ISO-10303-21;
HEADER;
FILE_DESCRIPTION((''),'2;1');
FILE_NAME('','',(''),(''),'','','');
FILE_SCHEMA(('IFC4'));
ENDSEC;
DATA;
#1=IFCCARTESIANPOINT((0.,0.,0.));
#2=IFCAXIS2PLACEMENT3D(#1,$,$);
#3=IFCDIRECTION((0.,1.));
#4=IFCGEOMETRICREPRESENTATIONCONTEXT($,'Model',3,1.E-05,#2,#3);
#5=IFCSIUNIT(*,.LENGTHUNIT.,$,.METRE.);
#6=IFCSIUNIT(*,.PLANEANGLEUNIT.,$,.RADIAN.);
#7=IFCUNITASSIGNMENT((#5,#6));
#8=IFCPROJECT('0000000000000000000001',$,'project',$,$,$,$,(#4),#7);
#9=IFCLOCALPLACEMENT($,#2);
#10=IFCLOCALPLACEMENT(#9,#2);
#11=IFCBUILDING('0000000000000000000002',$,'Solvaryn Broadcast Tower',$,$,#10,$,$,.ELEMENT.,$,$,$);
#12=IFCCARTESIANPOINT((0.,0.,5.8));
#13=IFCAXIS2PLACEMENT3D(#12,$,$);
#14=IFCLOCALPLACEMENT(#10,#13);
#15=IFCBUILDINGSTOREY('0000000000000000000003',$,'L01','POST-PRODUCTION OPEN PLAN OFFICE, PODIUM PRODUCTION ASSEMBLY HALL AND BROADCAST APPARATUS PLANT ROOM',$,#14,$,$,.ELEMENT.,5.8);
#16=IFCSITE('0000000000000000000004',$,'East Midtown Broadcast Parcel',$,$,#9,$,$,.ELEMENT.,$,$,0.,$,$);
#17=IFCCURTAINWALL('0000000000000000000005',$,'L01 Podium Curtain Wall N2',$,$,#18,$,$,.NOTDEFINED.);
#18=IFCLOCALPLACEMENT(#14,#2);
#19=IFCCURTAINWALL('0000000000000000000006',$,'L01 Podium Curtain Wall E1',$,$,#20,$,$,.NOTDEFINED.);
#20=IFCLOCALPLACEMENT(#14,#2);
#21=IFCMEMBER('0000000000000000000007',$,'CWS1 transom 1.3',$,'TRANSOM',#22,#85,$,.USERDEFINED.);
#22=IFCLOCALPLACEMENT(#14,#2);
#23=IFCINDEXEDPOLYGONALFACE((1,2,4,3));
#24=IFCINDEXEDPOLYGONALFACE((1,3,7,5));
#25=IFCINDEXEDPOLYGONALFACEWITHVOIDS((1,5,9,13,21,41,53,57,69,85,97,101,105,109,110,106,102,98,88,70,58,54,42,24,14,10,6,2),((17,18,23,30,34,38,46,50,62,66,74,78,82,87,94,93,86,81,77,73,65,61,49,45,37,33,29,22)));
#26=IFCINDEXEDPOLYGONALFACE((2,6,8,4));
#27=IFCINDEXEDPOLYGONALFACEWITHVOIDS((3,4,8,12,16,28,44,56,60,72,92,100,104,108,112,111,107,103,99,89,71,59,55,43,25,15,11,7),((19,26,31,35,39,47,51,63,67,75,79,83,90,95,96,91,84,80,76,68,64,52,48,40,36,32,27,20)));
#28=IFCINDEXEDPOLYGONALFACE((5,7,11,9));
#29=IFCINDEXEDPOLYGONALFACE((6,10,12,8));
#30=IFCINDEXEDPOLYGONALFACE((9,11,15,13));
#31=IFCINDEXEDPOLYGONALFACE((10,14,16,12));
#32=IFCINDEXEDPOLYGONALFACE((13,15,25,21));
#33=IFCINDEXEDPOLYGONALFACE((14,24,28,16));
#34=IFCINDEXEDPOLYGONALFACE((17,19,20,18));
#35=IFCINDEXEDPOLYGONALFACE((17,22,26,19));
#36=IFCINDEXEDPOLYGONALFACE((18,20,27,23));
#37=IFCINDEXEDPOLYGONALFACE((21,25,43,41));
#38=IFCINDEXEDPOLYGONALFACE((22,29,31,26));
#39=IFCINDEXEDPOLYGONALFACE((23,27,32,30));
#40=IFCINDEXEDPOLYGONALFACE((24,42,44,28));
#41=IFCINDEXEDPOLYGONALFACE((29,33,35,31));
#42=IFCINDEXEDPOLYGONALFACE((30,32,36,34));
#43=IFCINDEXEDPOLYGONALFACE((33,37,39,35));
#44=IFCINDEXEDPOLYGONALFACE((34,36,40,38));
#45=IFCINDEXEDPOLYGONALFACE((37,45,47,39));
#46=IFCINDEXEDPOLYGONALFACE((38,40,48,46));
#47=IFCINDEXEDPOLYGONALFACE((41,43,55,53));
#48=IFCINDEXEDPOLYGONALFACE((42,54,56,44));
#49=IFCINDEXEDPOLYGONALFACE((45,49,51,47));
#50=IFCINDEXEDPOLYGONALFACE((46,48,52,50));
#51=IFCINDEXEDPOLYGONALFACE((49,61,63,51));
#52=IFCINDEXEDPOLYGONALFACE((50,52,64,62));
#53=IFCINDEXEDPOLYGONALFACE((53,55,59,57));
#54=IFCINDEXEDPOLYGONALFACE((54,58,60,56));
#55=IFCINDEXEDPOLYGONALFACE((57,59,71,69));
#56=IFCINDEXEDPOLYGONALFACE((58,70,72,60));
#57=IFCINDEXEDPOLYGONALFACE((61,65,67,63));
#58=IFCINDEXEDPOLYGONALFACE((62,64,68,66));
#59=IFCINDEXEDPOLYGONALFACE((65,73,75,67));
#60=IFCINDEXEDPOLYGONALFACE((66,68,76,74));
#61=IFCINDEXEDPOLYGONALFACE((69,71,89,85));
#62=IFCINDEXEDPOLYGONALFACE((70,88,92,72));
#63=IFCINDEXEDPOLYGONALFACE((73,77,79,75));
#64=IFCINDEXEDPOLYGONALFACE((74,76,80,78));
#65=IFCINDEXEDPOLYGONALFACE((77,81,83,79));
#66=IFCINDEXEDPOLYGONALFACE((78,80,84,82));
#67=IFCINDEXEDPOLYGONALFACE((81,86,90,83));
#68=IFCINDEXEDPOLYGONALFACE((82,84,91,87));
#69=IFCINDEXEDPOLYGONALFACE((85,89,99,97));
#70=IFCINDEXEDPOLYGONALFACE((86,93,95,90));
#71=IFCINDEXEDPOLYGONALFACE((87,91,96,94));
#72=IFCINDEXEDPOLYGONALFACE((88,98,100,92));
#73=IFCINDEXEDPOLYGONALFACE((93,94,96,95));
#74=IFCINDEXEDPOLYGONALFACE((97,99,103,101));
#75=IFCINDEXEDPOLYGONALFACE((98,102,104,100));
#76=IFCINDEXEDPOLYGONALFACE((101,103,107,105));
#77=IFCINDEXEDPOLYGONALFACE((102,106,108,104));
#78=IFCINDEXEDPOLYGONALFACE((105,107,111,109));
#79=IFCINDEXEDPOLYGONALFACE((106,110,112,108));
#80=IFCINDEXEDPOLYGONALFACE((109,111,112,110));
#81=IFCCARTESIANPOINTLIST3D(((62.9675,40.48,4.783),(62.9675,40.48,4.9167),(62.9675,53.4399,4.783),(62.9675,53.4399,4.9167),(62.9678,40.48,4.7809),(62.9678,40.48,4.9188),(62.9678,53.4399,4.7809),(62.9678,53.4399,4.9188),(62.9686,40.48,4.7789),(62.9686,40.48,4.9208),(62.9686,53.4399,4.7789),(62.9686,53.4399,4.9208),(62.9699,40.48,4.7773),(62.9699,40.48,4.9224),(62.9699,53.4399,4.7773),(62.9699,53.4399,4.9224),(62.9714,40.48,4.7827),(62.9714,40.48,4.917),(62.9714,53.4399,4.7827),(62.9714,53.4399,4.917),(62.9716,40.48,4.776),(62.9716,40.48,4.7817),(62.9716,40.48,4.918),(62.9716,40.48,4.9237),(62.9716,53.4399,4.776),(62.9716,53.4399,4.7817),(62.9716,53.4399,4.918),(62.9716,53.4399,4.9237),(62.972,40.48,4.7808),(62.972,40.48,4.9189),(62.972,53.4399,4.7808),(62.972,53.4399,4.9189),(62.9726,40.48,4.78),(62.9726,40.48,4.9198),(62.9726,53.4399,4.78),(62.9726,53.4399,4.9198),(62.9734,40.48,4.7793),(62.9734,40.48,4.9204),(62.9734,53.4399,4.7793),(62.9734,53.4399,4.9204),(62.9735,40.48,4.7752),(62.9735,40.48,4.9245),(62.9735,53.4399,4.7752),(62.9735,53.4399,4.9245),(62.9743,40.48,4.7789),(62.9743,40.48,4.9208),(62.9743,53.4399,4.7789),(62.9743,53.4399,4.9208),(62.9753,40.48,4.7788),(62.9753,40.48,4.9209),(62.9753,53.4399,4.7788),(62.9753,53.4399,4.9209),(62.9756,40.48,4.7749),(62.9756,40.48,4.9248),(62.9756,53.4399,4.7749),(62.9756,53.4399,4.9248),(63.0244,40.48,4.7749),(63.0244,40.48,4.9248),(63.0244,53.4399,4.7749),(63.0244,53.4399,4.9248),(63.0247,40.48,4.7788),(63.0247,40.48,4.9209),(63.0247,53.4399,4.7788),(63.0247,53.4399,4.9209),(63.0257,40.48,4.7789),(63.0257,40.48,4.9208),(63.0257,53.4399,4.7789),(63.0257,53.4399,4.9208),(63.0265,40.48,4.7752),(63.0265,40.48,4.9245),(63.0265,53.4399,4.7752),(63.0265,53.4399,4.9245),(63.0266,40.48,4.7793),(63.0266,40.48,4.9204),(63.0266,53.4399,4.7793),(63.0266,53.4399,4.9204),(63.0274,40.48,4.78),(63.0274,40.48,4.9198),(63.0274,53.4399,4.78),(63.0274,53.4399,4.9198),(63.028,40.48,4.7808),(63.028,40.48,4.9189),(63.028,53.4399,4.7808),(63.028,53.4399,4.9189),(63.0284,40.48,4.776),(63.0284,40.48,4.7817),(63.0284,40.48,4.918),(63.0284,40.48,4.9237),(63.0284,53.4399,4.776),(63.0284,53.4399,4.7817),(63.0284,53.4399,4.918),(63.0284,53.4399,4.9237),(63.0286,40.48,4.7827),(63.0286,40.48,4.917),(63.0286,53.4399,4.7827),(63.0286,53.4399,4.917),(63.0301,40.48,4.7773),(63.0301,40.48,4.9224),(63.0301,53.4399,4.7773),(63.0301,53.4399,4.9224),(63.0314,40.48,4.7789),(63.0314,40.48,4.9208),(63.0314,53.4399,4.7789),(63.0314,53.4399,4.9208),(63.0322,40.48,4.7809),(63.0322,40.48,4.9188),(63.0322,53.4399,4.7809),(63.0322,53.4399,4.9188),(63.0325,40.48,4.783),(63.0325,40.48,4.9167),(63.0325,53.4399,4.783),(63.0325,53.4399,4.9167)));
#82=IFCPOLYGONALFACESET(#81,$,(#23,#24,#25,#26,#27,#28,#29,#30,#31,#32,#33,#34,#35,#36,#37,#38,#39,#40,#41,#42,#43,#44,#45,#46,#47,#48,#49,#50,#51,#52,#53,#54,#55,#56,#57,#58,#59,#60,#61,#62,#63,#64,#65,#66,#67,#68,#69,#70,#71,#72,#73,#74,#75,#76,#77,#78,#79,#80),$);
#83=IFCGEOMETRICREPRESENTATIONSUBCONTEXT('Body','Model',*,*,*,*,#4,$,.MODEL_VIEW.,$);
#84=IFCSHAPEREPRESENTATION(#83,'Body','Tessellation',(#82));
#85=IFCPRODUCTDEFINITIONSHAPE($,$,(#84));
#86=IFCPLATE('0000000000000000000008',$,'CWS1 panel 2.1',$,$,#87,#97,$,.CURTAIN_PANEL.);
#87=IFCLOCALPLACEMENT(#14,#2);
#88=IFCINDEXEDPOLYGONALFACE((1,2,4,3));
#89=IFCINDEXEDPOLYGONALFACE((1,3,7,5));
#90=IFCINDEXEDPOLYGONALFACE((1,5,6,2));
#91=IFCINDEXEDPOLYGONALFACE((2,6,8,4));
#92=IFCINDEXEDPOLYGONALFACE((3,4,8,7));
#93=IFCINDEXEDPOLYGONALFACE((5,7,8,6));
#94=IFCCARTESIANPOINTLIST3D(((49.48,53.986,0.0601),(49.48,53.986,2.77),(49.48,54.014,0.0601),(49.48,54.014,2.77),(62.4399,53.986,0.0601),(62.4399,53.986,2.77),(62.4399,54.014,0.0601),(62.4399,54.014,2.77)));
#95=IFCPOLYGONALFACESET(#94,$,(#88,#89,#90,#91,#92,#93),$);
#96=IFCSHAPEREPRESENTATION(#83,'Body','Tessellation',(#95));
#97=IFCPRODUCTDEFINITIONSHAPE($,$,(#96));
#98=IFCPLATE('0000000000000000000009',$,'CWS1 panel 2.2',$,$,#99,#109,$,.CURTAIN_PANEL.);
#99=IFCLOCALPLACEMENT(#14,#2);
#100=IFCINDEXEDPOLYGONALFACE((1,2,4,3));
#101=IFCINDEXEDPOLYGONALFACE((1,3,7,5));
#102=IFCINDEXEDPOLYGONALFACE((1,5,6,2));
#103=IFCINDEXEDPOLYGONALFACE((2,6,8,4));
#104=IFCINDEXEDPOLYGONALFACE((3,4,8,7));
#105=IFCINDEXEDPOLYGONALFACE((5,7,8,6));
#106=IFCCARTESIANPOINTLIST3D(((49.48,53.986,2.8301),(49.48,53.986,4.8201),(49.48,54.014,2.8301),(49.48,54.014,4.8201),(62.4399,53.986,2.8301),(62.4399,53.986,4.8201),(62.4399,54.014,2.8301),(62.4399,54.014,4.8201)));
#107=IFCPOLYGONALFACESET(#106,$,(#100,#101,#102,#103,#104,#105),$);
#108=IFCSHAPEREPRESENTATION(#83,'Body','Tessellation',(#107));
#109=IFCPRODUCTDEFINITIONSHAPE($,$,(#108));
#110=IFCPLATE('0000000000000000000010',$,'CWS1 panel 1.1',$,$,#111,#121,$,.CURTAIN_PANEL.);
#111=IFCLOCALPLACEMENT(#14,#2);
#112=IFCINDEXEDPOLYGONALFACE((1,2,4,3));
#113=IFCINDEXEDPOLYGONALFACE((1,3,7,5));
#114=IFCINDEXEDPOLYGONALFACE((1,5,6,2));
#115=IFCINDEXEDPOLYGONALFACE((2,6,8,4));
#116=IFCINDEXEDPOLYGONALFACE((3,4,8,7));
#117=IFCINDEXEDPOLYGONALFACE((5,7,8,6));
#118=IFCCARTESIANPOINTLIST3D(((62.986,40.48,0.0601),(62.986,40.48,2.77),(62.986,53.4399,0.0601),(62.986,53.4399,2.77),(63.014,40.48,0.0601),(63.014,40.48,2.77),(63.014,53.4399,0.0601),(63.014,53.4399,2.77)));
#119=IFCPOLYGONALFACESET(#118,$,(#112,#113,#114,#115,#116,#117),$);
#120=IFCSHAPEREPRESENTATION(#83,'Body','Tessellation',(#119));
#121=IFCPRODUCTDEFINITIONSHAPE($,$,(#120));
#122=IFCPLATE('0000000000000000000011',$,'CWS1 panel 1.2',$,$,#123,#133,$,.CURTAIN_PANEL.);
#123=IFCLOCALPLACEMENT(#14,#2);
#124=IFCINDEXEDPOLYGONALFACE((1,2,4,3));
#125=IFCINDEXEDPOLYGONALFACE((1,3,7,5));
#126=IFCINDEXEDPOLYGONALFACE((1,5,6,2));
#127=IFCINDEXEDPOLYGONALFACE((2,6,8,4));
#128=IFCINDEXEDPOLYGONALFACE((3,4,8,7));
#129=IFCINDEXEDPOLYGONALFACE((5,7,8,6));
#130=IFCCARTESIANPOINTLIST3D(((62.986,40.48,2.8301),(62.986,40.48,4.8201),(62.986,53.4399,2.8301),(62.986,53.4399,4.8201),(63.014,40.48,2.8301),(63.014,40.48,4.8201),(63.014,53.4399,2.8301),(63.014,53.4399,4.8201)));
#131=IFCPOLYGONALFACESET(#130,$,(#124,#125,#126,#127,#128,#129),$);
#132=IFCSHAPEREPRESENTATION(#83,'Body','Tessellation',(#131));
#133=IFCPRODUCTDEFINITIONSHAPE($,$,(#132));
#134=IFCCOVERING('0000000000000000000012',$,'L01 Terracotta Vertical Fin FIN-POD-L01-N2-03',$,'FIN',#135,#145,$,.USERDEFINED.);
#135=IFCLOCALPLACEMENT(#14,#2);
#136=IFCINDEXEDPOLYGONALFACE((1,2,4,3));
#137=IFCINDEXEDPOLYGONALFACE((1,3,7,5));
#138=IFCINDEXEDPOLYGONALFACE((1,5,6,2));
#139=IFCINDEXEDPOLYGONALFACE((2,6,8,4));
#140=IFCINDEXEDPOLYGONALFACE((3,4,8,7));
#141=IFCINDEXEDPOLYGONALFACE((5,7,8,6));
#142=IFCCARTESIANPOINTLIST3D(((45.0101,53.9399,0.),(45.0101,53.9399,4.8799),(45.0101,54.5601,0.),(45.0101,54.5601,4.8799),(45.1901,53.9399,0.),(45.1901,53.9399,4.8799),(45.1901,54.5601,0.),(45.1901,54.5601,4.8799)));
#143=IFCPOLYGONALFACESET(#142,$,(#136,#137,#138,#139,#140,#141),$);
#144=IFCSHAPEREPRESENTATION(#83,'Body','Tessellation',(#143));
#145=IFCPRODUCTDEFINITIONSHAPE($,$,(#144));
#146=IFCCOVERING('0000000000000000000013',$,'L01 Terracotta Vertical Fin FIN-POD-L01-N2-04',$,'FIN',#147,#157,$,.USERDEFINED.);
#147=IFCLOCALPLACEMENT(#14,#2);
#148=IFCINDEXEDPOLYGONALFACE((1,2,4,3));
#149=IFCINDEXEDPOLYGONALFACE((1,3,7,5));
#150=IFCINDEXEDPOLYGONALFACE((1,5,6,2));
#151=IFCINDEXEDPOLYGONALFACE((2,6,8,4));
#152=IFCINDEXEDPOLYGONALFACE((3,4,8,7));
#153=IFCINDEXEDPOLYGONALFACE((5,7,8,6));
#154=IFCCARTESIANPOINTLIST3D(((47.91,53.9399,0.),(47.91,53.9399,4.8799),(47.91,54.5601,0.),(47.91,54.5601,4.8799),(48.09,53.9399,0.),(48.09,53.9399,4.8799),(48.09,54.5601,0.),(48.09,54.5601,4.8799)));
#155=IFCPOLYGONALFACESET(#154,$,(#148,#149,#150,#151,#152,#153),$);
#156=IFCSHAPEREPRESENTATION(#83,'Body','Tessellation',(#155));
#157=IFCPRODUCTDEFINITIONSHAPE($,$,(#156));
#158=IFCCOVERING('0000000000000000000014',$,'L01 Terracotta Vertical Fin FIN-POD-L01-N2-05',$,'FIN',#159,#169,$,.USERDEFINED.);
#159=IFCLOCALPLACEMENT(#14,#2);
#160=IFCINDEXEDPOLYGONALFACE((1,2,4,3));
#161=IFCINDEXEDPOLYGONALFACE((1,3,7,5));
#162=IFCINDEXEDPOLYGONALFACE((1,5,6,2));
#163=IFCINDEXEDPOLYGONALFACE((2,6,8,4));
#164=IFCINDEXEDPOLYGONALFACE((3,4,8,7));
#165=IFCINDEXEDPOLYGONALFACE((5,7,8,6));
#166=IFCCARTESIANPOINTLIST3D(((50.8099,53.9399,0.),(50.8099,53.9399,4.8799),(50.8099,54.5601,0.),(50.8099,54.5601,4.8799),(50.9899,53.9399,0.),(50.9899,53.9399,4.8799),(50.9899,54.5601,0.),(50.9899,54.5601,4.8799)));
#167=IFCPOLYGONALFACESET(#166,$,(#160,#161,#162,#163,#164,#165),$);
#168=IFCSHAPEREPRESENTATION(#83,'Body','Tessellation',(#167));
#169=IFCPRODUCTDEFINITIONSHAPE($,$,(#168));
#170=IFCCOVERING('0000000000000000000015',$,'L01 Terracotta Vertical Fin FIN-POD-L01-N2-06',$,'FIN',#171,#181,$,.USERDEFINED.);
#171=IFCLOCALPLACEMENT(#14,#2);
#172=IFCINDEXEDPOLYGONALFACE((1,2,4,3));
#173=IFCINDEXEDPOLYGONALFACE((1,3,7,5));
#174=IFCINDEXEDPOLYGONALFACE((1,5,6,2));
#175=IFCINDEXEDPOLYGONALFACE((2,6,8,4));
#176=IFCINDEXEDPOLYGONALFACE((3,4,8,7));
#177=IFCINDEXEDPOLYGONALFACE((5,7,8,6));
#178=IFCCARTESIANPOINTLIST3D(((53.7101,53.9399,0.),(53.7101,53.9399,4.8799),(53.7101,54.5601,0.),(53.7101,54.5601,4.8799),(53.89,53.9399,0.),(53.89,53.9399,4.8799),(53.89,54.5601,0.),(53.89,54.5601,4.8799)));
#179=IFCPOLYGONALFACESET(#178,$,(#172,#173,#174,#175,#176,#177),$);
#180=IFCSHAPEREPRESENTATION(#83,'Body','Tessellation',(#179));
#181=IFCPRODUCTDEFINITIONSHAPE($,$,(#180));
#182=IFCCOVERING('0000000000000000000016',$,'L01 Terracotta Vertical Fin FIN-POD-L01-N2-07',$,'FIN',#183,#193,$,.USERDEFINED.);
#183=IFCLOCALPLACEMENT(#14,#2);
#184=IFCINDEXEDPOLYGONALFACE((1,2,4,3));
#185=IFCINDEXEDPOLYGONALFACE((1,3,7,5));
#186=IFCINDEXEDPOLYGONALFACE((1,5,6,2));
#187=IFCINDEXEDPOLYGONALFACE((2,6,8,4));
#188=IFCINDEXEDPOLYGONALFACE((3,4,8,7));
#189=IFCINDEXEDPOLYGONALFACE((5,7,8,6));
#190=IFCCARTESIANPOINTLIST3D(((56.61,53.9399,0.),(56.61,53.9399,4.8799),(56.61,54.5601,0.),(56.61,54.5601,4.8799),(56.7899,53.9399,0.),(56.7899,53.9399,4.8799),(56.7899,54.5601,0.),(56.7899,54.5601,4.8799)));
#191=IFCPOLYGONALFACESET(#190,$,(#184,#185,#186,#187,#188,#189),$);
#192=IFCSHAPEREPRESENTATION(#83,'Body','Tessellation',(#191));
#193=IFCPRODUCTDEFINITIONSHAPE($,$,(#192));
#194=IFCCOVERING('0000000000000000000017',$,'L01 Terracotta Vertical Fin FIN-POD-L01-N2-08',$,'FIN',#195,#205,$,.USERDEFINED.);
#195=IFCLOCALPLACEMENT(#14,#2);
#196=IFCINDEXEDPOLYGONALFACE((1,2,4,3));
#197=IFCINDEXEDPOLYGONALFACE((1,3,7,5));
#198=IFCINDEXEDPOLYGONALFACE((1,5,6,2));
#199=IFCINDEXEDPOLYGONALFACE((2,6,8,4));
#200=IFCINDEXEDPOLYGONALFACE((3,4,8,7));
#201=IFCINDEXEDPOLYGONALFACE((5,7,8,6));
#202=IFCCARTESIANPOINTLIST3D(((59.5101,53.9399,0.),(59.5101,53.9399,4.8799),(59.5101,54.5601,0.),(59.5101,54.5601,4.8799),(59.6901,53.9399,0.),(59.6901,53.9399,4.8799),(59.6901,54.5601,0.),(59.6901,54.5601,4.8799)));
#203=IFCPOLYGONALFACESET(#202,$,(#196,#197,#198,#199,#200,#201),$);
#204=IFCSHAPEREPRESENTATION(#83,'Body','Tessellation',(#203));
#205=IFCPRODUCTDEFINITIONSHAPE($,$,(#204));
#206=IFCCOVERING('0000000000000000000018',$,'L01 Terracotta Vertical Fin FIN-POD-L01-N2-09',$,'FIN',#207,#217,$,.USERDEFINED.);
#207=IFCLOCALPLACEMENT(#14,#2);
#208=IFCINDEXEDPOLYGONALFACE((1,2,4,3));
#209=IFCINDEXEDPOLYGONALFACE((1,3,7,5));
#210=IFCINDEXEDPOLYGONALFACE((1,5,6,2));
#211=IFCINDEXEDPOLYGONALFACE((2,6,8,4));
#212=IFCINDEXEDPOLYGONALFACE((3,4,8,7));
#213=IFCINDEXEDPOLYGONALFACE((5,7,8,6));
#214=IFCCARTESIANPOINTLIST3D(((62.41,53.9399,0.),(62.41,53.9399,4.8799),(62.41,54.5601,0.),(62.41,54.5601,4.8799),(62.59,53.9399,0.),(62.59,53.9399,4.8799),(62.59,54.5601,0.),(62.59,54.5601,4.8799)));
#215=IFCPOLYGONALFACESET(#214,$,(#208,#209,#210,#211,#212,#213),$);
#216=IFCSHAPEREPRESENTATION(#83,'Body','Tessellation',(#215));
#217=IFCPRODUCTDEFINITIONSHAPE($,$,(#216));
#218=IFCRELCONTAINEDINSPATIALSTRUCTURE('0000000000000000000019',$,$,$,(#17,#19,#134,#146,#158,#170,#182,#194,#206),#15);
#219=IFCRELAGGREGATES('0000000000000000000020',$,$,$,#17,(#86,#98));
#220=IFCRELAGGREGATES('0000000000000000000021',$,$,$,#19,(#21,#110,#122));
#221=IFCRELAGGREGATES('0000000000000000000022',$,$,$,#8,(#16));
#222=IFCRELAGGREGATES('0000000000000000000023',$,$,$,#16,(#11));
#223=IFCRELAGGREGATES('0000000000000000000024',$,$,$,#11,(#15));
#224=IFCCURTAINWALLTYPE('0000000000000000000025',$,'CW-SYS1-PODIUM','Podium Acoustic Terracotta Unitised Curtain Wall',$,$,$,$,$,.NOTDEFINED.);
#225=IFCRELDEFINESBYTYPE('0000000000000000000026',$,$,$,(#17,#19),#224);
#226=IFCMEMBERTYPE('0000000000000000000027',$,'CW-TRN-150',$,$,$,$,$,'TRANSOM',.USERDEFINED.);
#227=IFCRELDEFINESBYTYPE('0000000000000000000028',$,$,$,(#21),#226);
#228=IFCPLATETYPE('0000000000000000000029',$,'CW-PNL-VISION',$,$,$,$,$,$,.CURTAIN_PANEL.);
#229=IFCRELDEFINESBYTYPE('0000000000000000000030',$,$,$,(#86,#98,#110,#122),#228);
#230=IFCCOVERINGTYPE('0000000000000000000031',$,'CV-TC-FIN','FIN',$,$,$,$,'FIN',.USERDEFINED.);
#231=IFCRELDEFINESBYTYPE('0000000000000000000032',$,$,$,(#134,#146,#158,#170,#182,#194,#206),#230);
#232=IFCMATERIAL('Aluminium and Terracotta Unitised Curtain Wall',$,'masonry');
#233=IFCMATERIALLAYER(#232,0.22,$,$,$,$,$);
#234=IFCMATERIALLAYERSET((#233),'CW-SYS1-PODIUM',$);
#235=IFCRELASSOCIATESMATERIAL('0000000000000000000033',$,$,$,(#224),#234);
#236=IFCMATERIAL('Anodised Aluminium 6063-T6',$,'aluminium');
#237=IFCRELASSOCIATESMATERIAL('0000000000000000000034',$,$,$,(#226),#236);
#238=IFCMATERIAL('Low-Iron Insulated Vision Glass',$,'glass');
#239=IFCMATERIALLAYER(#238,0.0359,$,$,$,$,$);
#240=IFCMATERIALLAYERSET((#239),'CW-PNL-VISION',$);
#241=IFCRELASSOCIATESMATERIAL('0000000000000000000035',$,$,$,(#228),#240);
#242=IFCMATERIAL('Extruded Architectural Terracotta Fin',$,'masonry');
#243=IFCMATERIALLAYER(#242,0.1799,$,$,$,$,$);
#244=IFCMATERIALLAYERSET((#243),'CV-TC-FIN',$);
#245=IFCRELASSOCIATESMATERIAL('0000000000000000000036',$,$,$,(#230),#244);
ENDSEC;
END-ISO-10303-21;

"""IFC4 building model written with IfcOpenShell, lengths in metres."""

from ifc_helpers import new_model, si_unit, direction, frame, origin, origin_2d, place, context, subcontext, project, spatial, rectangle, hollow_rectangle, extrude, material, layer, layer_set, material_profile, profile_set, type_object, element, aggregate, save


model = new_model("IFC4")

# Units and contexts
model_context = context("Model", 3, precision=1e-05, world=origin(), true_north=direction((0.0, 1.0)))
body_context = subcontext(model_context, "Body", "Model", "MODEL_VIEW")
ifc_project = project(units=[si_unit("LENGTHUNIT", "METRE"), si_unit("PLANEANGLEUNIT", "RADIAN")], contexts=[model_context])

# Site, building, storey
site_placement = place(None, origin())
site = spatial("IfcSite", under=ifc_project, at=site_placement, Name="East Midtown Broadcast Parcel", CompositionType="ELEMENT", RefElevation=0.0)
building_placement = place(site_placement, origin())
building = spatial("IfcBuilding", under=site, at=building_placement, Name="Solvaryn Broadcast Tower", CompositionType="ELEMENT")
storey_placement = place(building_placement, frame((0.0, 0.0, 5.8)))
storey = spatial("IfcBuildingStorey", under=building, at=storey_placement, Name="L01", Description="POST-PRODUCTION OPEN PLAN OFFICE, PODIUM PRODUCTION ASSEMBLY HALL AND BROADCAST APPARATUS PLANT ROOM", CompositionType="ELEMENT", Elevation=5.8)

# Curtain wall
ifc_material_1 = material(Name="Aluminium and Terracotta Unitised Curtain Wall", Category="masonry")
ifc_layer_1 = layer(ifc_material_1, 0.22)
ifc_layer_set_1 = layer_set([ifc_layer_1], Name="CW-SYS1-PODIUM")
curtain_wall_type = type_object("IfcCurtainWallType", Name="CW-SYS1-PODIUM", Description="Podium Acoustic Terracotta Unitised Curtain Wall", PredefinedType="NOTDEFINED", material=ifc_layer_set_1)
curtain_wall_1_placement = place(storey_placement, origin())
curtain_wall_1 = element("IfcCurtainWall", 1, at=curtain_wall_1_placement, inside=storey, type_object=curtain_wall_type, Name="L01 Podium Curtain Wall N2", PredefinedType="NOTDEFINED")

# Curtain wall
curtain_wall_2_placement = place(storey_placement, origin())
curtain_wall_2 = element("IfcCurtainWall", 2, at=curtain_wall_2_placement, inside=storey, type_object=curtain_wall_type, Name="L01 Podium Curtain Wall E1", PredefinedType="NOTDEFINED")

# Member
ifc_material_2 = material(Name="Anodised Aluminium 6063-T6", Category="aluminium")
ifc_material_profile_1 = material_profile(ifc_material_2, hollow_rectangle(XDim=0.0649, YDim=0.1499, WallThickness=0.0039, InnerFilletRadius=0.0039, OuterFilletRadius=0.0081, at=origin_2d()))
ifc_profile_set_1 = profile_set([ifc_material_profile_1], Name="Anodised Aluminium 6063-T6")
member_type_1 = type_object("IfcMemberType", Name="CW-TRN-150", ElementType="TRANSOM", PredefinedType="USERDEFINED", material=ifc_profile_set_1)
member_1_placement = place(storey_placement, frame((63.0, 53.4399, 4.8499), z_axis=(0.0, -1.0, 0.0), x_axis=(1.0, 0.0, 0.0)))
member_1 = element("IfcMember", 3, at=member_1_placement, type_object=member_type_1, Name="CWS1 transom 1.3", ObjectType="TRANSOM", PredefinedType="USERDEFINED", context=body_context, shape_type="SweptSolid", body=[
    extrude(hollow_rectangle(XDim=0.0649, YDim=0.1499, WallThickness=0.0039, InnerFilletRadius=0.0039, OuterFilletRadius=0.0081, at=origin_2d()), origin(), (0.0, 0.0, 1.0), 12.96),
])

# Plates
ifc_material_3 = material(Name="Low-Iron Insulated Vision Glass", Category="glass")
ifc_layer_2 = layer(ifc_material_3, 0.0359)
ifc_layer_set_2 = layer_set([ifc_layer_2], Name="CW-PNL-VISION")
plate_type = type_object("IfcPlateType", Name="CW-PNL-VISION", PredefinedType="CURTAIN_PANEL", material=ifc_layer_set_2)
plate_1_placement = place(storey_placement, frame((55.96, 54.0, 0.0601), z_axis=(0.0, 0.0, 1.0), x_axis=(1.0, 0.0, 0.0)))
plate_1 = element("IfcPlate", 4, at=plate_1_placement, type_object=plate_type, Name="CWS1 panel 2.1", PredefinedType="CURTAIN_PANEL", context=body_context, shape_type="SweptSolid", body=[
    extrude(rectangle(XDim=12.96, YDim=0.0281, at=origin_2d()), origin(), (0.0, 0.0, 1.0), 2.71),
])
plate_2_placement = place(storey_placement, frame((55.96, 54.0, 2.8301), z_axis=(0.0, 0.0, 1.0), x_axis=(1.0, 0.0, 0.0)))
plate_2 = element("IfcPlate", 5, at=plate_2_placement, type_object=plate_type, Name="CWS1 panel 2.2", PredefinedType="CURTAIN_PANEL", context=body_context, shape_type="SweptSolid", body=[
    extrude(rectangle(XDim=12.96, YDim=0.0281, at=origin_2d()), origin(), (0.0, 0.0, 1.0), 1.99),
])
aggregate(curtain_wall_1, [plate_1, plate_2])
plate_3_placement = place(storey_placement, frame((63.0, 46.96, 0.0601), z_axis=(0.0, 0.0, 1.0), x_axis=(0.0, -1.0, 0.0)))
plate_3 = element("IfcPlate", 6, at=plate_3_placement, type_object=plate_type, Name="CWS1 panel 1.1", PredefinedType="CURTAIN_PANEL", context=body_context, shape_type="SweptSolid", body=[
    extrude(rectangle(XDim=12.96, YDim=0.0281, at=origin_2d()), origin(), (0.0, 0.0, 1.0), 2.71),
])
plate_4_placement = place(storey_placement, frame((63.0, 46.96, 2.8301), z_axis=(0.0, 0.0, 1.0), x_axis=(0.0, -1.0, 0.0)))
plate_4 = element("IfcPlate", 7, at=plate_4_placement, type_object=plate_type, Name="CWS1 panel 1.2", PredefinedType="CURTAIN_PANEL", context=body_context, shape_type="SweptSolid", body=[
    extrude(rectangle(XDim=12.96, YDim=0.0281, at=origin_2d()), origin(), (0.0, 0.0, 1.0), 1.99),
])
aggregate(curtain_wall_2, [member_1, plate_3, plate_4])

# Coverings
ifc_material_4 = material(Name="Extruded Architectural Terracotta Fin", Category="masonry")
ifc_layer_3 = layer(ifc_material_4, 0.1799)
ifc_layer_set_3 = layer_set([ifc_layer_3], Name="CV-TC-FIN")
covering_type = type_object("IfcCoveringType", Name="CV-TC-FIN", Description="FIN", ElementType="FIN", PredefinedType="USERDEFINED", material=ifc_layer_set_3)
for number, where, z_axis, x_axis, name in (
    (8, (45.1001, 54.25, 0.0), (0.0, 0.0, 1.0), (1.0, 0.0, 0.0), "L01 Terracotta Vertical Fin FIN-POD-L01-N2-03"),
    (9, (48.0, 54.25, 0.0), (0.0, 0.0, 1.0), (1.0, 0.0, 0.0), "L01 Terracotta Vertical Fin FIN-POD-L01-N2-04"),
    (10, (50.8999, 54.25, 0.0), (0.0, 0.0, 1.0), (1.0, 0.0, 0.0), "L01 Terracotta Vertical Fin FIN-POD-L01-N2-05"),
    (11, (53.8, 54.25, 0.0), (0.0, 0.0, 1.0), (1.0, 0.0, 0.0), "L01 Terracotta Vertical Fin FIN-POD-L01-N2-06"),
    (12, (56.7, 54.25, 0.0), (0.0, 0.0, 1.0), (1.0, 0.0, 0.0), "L01 Terracotta Vertical Fin FIN-POD-L01-N2-07"),
    (13, (59.6001, 54.25, 0.0), (0.0, 0.0, 1.0), (1.0, 0.0, 0.0), "L01 Terracotta Vertical Fin FIN-POD-L01-N2-08"),
    (14, (62.5, 54.25, 0.0), (0.0, 0.0, 1.0), (1.0, 0.0, 0.0), "L01 Terracotta Vertical Fin FIN-POD-L01-N2-09"),
):
    element("IfcCovering", number, at=place(storey_placement, frame(where, z_axis=z_axis, x_axis=x_axis)), inside=storey, type_object=covering_type, Name=name, ObjectType="FIN", PredefinedType="USERDEFINED", context=body_context, shape_type="SweptSolid", body=[
        extrude(rectangle(XDim=0.1799, YDim=0.6201, at=origin_2d()), origin(), (0.0, 0.0, 1.0), 4.8799),
    ])

save(model, "model.ifc")
